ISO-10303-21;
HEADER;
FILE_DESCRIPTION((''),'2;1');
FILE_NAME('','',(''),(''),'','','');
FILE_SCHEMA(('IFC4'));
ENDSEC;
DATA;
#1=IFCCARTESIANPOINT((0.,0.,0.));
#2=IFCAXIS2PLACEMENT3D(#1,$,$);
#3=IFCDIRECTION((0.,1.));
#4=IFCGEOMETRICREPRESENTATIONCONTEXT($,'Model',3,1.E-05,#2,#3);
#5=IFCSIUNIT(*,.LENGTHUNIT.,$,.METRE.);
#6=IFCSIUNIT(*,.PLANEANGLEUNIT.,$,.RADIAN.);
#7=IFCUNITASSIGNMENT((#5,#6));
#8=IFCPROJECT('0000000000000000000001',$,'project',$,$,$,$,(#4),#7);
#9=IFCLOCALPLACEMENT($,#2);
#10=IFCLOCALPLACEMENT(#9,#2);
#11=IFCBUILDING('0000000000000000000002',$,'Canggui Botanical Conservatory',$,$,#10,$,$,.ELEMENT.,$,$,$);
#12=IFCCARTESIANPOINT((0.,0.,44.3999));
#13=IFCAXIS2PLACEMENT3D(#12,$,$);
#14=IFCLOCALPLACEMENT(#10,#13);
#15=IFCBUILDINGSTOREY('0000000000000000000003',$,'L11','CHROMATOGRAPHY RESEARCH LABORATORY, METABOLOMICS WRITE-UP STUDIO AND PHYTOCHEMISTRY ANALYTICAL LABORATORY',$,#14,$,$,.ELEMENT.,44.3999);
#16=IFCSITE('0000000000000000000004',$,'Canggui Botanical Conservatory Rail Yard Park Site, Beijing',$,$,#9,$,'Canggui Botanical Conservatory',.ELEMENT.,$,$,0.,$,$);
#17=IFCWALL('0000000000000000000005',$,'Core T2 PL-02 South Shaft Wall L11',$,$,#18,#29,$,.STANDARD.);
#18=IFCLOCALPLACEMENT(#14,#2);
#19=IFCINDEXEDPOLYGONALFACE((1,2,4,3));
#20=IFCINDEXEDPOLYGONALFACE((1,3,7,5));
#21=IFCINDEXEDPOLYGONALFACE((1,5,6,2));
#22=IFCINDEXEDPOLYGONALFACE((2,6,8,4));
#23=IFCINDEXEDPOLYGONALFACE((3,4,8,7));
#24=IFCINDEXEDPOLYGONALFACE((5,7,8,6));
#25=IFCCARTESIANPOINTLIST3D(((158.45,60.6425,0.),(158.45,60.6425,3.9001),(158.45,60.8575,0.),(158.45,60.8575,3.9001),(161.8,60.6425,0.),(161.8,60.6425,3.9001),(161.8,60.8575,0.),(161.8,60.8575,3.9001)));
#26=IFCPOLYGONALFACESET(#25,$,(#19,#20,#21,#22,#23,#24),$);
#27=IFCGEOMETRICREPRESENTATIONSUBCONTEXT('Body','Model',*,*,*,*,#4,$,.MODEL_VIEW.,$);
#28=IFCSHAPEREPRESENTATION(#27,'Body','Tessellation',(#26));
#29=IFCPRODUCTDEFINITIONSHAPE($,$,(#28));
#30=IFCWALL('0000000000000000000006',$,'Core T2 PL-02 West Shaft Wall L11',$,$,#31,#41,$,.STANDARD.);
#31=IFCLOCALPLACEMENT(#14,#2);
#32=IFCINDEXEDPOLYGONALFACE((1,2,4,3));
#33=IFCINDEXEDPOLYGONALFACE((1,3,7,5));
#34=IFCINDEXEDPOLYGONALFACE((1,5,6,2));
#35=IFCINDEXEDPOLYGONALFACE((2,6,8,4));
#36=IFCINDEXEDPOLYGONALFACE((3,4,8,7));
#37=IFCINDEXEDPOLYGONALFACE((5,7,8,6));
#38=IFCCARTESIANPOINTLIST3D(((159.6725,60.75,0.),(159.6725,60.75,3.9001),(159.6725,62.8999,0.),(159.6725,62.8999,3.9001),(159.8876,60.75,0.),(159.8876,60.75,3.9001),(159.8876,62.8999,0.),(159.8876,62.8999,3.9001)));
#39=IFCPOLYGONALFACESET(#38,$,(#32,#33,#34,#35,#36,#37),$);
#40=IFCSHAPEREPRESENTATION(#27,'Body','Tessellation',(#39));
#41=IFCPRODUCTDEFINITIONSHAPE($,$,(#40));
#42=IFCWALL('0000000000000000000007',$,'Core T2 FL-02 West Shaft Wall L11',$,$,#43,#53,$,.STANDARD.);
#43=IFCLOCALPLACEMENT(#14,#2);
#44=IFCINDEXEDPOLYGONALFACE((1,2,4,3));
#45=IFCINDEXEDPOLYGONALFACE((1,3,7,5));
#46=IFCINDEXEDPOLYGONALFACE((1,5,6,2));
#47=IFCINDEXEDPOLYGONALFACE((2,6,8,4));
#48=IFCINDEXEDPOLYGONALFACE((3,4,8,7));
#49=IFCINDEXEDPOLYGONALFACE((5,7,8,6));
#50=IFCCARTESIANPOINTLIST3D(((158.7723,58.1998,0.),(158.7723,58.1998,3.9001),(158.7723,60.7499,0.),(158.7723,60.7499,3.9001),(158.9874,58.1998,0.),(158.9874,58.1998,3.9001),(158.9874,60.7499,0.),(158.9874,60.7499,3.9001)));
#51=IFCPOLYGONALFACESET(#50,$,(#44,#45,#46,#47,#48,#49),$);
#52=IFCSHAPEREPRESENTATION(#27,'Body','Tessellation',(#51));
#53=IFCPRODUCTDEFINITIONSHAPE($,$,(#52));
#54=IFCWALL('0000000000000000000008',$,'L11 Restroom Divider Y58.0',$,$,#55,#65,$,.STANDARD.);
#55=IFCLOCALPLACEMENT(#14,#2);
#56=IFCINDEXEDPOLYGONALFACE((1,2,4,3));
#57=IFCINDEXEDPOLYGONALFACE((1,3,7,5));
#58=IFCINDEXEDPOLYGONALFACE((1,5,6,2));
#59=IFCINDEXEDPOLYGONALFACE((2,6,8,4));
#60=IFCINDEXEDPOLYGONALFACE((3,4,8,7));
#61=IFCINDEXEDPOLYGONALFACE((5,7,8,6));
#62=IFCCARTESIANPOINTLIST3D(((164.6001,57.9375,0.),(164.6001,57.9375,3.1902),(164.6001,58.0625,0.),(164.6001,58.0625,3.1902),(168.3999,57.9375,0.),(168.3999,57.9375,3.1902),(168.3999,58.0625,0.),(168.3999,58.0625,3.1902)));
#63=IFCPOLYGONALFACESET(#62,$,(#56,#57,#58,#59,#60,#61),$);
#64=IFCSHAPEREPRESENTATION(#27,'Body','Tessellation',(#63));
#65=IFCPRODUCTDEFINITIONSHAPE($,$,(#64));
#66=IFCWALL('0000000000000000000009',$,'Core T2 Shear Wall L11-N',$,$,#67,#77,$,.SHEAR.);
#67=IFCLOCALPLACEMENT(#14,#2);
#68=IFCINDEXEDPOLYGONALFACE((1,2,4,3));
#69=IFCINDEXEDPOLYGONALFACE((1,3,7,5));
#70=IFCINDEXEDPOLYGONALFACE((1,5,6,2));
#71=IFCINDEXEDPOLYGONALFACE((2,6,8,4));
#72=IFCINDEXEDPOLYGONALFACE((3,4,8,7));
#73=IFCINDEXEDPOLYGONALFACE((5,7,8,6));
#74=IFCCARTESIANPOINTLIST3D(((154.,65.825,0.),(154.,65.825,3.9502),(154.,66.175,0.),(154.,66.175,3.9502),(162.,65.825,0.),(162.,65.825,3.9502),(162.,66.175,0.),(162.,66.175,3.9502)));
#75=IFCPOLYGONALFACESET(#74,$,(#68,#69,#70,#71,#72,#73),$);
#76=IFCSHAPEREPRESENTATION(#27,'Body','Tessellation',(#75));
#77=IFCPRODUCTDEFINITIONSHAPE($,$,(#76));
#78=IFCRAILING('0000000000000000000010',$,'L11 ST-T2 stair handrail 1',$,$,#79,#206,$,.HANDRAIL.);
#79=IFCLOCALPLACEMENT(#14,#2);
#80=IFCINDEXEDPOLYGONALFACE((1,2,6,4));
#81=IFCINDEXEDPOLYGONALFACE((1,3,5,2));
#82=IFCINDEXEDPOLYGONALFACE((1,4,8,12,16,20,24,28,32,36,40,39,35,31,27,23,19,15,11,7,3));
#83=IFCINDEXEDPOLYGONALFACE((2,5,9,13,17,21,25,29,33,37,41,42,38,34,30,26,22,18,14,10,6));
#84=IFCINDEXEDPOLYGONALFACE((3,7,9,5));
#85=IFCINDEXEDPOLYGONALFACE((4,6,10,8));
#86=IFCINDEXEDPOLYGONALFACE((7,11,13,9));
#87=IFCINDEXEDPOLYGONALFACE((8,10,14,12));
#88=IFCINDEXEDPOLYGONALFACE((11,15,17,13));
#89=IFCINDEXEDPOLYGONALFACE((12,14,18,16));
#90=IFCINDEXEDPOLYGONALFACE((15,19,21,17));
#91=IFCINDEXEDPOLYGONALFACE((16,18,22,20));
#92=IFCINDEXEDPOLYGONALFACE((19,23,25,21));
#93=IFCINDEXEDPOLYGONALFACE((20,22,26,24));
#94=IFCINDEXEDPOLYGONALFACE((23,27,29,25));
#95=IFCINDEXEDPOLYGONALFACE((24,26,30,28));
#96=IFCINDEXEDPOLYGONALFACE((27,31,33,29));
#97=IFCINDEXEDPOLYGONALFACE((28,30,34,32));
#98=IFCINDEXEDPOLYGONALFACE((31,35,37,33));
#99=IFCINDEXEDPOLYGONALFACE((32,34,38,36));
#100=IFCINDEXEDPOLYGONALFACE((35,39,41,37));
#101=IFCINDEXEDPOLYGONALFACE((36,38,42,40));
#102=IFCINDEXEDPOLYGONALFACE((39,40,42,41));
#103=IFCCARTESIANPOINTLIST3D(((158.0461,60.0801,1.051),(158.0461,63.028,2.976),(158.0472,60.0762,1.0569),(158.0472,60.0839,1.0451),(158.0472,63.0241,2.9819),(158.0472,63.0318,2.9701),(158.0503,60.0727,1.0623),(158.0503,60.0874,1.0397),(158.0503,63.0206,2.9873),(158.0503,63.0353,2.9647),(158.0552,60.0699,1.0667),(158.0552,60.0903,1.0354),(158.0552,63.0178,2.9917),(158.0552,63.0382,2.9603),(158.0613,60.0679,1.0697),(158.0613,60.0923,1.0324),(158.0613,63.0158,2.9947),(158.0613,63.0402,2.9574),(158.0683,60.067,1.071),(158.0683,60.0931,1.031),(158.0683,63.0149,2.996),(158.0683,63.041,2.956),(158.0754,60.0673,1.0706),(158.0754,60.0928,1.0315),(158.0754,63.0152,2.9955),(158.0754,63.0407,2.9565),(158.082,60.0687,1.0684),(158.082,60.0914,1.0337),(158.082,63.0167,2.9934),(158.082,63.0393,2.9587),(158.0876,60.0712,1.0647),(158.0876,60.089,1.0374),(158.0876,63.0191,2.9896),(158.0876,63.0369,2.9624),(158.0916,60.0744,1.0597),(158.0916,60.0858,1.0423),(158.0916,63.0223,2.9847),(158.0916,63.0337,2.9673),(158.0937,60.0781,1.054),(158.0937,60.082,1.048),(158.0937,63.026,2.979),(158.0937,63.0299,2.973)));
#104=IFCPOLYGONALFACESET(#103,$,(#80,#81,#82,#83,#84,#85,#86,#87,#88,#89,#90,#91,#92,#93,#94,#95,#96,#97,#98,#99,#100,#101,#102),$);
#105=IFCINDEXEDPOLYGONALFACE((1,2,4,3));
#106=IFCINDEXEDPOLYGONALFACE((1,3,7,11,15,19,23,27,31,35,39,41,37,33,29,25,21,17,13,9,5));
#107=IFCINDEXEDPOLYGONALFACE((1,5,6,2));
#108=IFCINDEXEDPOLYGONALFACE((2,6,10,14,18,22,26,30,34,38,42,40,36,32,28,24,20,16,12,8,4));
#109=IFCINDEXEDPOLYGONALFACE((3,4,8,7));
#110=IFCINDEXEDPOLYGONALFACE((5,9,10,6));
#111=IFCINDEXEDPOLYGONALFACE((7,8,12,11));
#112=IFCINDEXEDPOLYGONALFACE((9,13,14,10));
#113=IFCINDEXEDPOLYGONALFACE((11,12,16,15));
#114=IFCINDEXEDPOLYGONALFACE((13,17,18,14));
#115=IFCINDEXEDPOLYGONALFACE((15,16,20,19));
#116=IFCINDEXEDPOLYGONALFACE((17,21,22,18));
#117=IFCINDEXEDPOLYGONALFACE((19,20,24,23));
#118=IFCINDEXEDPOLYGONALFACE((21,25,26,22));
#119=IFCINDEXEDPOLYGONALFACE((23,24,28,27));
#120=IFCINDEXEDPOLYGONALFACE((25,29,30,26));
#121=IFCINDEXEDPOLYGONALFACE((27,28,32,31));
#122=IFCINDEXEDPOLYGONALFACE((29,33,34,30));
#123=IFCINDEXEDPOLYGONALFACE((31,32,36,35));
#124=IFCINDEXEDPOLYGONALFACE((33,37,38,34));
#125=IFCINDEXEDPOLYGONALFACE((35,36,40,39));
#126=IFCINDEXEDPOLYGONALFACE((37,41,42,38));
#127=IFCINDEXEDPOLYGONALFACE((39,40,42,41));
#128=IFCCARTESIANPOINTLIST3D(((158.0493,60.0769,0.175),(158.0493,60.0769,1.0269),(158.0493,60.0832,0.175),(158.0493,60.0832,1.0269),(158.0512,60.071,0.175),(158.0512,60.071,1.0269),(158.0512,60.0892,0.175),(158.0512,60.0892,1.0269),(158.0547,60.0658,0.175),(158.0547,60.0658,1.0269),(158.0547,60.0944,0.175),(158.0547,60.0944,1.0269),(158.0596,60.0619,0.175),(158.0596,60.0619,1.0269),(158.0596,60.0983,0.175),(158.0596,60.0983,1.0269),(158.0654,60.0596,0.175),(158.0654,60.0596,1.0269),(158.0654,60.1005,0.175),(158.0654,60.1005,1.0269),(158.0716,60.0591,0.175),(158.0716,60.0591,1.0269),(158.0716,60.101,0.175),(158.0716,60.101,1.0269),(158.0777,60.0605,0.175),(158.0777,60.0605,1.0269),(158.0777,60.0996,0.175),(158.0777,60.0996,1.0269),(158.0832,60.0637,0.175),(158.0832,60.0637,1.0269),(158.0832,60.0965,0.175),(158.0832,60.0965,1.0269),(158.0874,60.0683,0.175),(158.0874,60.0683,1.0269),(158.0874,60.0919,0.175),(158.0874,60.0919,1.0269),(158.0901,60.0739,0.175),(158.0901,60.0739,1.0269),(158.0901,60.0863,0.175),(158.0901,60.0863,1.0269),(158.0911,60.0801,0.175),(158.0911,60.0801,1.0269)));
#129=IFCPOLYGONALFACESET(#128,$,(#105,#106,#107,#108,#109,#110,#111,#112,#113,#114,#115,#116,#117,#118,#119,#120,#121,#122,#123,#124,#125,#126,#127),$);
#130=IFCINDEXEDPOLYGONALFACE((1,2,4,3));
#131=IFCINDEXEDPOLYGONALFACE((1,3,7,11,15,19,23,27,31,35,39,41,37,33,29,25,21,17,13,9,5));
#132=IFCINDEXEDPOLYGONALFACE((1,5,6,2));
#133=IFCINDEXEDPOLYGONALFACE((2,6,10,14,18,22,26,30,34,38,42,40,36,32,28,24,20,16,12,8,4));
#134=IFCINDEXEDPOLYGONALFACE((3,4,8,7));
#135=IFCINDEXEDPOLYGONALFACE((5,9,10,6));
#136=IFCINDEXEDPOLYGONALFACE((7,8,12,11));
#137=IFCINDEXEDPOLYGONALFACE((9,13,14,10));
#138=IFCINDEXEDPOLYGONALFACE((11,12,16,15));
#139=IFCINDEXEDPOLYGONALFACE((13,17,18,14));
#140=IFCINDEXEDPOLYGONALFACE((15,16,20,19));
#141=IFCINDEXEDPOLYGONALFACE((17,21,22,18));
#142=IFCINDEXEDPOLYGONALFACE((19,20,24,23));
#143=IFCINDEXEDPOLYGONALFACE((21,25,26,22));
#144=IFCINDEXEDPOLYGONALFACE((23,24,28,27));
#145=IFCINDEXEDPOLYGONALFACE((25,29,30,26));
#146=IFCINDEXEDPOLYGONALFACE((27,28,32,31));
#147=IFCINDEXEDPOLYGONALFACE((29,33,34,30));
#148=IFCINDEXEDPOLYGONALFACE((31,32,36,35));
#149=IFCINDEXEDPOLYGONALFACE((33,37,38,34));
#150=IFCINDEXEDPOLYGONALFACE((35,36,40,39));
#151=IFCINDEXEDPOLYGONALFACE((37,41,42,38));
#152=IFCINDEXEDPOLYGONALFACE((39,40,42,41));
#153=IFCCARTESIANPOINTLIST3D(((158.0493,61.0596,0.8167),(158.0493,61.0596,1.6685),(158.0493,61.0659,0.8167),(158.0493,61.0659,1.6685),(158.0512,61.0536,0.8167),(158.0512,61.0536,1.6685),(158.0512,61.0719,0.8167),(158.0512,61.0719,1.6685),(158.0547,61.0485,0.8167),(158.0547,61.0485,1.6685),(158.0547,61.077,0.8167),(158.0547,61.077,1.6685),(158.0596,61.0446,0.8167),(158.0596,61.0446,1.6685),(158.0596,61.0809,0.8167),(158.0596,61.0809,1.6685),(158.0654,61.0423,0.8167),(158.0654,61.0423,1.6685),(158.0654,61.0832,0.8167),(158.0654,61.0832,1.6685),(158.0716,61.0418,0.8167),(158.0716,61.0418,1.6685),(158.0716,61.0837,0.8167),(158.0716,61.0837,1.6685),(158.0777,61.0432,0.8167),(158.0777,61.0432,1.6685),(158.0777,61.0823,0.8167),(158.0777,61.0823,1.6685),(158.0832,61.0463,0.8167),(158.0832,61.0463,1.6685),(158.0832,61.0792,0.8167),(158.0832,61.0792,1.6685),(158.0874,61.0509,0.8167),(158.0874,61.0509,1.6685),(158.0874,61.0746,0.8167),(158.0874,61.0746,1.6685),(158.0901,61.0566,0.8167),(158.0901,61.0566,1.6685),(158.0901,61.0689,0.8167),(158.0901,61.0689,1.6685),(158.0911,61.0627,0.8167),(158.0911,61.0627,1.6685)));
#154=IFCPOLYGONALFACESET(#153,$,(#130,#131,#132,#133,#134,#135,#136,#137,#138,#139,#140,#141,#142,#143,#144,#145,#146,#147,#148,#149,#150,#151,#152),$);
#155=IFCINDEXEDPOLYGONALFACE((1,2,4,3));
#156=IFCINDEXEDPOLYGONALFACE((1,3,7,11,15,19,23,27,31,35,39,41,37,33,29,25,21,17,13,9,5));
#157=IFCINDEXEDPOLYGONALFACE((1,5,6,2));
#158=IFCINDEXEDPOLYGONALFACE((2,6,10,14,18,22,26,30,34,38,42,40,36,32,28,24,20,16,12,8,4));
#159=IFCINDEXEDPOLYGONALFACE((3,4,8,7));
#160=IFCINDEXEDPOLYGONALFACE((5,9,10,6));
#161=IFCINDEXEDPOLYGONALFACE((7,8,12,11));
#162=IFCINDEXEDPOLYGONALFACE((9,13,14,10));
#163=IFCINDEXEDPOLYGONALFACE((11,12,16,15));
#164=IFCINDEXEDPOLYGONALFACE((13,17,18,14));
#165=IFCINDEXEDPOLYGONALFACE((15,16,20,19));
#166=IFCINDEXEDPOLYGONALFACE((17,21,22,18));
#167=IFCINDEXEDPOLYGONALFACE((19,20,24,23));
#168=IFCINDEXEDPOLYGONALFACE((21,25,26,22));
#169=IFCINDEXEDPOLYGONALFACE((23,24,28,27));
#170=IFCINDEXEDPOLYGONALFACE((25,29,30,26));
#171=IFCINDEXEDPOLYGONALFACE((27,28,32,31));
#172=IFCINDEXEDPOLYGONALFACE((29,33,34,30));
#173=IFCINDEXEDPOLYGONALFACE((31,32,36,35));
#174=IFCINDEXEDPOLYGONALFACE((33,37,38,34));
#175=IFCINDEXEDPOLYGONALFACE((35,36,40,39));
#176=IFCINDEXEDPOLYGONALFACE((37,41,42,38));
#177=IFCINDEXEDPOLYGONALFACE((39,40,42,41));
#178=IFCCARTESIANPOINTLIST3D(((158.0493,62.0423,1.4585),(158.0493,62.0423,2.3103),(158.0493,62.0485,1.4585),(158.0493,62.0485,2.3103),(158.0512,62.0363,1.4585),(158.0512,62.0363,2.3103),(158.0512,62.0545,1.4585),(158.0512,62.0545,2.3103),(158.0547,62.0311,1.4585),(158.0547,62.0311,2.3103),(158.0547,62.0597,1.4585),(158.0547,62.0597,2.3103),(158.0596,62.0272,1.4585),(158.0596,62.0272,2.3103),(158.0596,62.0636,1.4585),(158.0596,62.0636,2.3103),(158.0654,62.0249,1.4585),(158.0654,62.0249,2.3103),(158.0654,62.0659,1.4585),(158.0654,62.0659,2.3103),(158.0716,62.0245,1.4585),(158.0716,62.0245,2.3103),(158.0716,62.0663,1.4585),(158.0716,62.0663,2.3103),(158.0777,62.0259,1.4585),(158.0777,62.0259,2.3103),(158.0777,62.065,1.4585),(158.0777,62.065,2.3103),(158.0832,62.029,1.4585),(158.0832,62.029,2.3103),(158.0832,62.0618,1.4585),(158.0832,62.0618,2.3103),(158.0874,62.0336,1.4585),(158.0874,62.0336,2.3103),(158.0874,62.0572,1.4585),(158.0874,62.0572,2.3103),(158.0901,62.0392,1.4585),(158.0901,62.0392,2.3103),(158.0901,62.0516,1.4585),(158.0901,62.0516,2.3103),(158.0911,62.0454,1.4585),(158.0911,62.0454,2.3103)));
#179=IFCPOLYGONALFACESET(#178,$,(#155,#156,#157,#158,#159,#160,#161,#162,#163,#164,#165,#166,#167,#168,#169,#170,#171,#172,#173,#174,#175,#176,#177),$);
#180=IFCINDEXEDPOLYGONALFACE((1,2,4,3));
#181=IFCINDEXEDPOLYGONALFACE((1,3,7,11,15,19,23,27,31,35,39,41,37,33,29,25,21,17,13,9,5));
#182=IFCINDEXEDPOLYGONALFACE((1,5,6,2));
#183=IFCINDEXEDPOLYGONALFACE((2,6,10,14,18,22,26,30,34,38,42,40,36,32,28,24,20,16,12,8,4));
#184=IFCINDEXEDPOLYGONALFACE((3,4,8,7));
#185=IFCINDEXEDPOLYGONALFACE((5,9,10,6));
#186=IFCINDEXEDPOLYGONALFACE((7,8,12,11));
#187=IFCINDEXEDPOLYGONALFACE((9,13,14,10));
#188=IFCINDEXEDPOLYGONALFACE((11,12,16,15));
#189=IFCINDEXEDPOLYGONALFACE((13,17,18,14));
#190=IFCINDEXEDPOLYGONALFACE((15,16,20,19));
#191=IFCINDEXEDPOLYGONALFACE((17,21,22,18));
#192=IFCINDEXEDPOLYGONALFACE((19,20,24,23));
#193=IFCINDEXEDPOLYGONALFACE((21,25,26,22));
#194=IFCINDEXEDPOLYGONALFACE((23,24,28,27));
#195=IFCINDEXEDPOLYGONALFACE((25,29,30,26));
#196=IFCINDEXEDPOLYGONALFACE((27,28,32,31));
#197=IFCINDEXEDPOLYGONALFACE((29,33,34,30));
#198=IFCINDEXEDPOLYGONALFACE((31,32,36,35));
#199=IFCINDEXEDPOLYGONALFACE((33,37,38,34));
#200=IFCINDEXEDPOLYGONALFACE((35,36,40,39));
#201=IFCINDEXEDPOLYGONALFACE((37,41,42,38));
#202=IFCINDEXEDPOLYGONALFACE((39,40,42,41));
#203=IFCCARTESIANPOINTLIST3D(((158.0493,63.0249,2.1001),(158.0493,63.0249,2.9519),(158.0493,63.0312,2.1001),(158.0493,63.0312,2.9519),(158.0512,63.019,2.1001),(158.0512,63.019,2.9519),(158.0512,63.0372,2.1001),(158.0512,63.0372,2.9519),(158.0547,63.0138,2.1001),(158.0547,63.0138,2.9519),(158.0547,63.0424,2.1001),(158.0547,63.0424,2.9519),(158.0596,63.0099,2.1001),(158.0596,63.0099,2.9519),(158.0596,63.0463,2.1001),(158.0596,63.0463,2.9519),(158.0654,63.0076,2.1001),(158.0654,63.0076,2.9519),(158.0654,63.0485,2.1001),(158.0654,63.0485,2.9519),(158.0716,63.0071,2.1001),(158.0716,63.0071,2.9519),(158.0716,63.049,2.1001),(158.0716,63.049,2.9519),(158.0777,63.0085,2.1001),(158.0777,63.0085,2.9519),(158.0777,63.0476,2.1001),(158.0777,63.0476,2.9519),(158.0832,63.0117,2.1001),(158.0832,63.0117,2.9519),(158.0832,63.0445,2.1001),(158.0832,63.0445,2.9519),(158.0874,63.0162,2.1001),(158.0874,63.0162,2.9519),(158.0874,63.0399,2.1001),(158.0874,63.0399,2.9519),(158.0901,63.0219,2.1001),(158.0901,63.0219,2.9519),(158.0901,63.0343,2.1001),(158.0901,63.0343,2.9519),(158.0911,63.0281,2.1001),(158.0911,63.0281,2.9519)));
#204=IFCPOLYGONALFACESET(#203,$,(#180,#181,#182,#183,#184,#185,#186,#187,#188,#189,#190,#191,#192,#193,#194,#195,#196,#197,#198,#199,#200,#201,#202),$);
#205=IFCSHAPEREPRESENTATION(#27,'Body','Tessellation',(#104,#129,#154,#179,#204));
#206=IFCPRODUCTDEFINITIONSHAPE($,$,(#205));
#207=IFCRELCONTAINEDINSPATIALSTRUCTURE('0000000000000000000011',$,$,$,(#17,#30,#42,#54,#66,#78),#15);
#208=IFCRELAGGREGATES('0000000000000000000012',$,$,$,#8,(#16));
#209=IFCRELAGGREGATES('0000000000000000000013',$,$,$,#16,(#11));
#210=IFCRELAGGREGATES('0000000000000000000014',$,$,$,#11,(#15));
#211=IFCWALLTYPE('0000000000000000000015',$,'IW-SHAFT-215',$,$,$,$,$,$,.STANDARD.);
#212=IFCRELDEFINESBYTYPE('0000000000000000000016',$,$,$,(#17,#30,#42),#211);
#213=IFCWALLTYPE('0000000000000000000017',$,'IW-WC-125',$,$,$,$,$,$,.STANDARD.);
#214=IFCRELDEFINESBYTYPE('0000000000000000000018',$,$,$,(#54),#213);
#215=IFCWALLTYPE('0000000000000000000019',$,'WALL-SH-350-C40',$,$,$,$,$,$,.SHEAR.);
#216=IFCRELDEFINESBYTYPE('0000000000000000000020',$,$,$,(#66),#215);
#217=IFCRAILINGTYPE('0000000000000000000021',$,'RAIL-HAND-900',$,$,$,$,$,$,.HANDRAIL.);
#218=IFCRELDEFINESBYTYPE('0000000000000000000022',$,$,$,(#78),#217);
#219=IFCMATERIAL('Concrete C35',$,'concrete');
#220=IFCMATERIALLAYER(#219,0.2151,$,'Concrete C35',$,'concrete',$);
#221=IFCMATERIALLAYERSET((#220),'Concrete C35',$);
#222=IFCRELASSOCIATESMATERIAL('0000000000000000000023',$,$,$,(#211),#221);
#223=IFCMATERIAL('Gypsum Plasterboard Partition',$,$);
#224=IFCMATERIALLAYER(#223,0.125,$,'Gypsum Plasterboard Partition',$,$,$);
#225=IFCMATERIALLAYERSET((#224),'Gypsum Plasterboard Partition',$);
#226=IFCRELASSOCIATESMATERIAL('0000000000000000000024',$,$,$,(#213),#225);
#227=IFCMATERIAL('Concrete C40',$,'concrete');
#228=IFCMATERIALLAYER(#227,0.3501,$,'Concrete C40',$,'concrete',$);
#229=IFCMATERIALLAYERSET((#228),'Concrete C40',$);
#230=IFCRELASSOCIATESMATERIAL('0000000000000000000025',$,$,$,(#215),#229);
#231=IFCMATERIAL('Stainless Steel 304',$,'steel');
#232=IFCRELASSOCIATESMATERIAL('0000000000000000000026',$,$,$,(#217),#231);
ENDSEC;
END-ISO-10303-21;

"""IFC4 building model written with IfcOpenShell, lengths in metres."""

from ifc_helpers import new_model, si_unit, direction, frame, frame_2d, origin, origin_2d, place, context, subcontext, project, spatial, rectangle, circle, extrude, material, layer, layer_set, type_object, element, save


model = new_model("IFC4")

# Units and contexts
model_context = context("Model", 3, precision=1e-05, world=origin(), true_north=direction((0.0, 1.0)))
body_context = subcontext(model_context, "Body", "Model", "MODEL_VIEW")
ifc_project = project(units=[si_unit("LENGTHUNIT", "METRE"), si_unit("PLANEANGLEUNIT", "RADIAN")], contexts=[model_context])

# Site, building, storey
site_placement = place(None, origin())
site = spatial("IfcSite", under=ifc_project, at=site_placement, Name="Canggui Botanical Conservatory Rail Yard Park Site, Beijing", LongName="Canggui Botanical Conservatory", CompositionType="ELEMENT", RefElevation=0.0)
building_placement = place(site_placement, origin())
building = spatial("IfcBuilding", under=site, at=building_placement, Name="Canggui Botanical Conservatory", CompositionType="ELEMENT")
storey_placement = place(building_placement, frame((0.0, 0.0, 44.3999)))
storey = spatial("IfcBuildingStorey", under=building, at=storey_placement, Name="L11", Description="CHROMATOGRAPHY RESEARCH LABORATORY, METABOLOMICS WRITE-UP STUDIO AND PHYTOCHEMISTRY ANALYTICAL LABORATORY", CompositionType="ELEMENT", Elevation=44.3999)

# Shared definitions
ifc_material_1 = material(Name="Concrete C40", Category="concrete")

# Shared definitions
ifc_material_2 = material(Name="Concrete C35", Category="concrete")

# Shared definitions
ifc_material_3 = material(Name="Gypsum Plasterboard Partition")

# Walls
ifc_layer_1 = layer(ifc_material_2, 0.2151, Name="Concrete C35", Category="concrete")
ifc_layer_set_1 = layer_set([ifc_layer_1], Name="Concrete C35")
wall_type_1 = type_object("IfcWallType", Name="IW-SHAFT-215", PredefinedType="STANDARD", material=ifc_layer_set_1)
wall_1_placement = place(storey_placement, frame((158.45, 60.75, 0.0), z_axis=(0.0, 0.0, 1.0), x_axis=(1.0, 0.0, 0.0)))
element("IfcWall", 1, at=wall_1_placement, inside=storey, type_object=wall_type_1, Name="Core T2 PL-02 South Shaft Wall L11", PredefinedType="STANDARD", context=body_context, shape_type="SweptSolid", body=[
    extrude(rectangle(XDim=3.3501, YDim=0.2151, at=frame_2d((1.675, 0.0))), origin(), (0.0, 0.0, 1.0), 3.9001),
])
wall_2_placement = place(storey_placement, frame((159.78, 60.75, 0.0), z_axis=(0.0, 0.0, 1.0), x_axis=(0.0, 1.0, 0.0)))
element("IfcWall", 2, at=wall_2_placement, inside=storey, type_object=wall_type_1, Name="Core T2 PL-02 West Shaft Wall L11", PredefinedType="STANDARD", context=body_context, shape_type="SweptSolid", body=[
    extrude(rectangle(XDim=2.1499, YDim=0.2151, at=frame_2d((1.075, 0.0))), origin(), (0.0, 0.0, 1.0), 3.9001),
])
wall_3_placement = place(storey_placement, frame((158.8799, 58.2, 0.0), z_axis=(0.0, 0.0, 1.0), x_axis=(0.0, 1.0, 0.0)))
element("IfcWall", 3, at=wall_3_placement, inside=storey, type_object=wall_type_1, Name="Core T2 FL-02 West Shaft Wall L11", PredefinedType="STANDARD", context=body_context, shape_type="SweptSolid", body=[
    extrude(rectangle(XDim=2.55, YDim=0.2151, at=frame_2d((1.2749, 0.0))), origin(), (0.0, 0.0, 1.0), 3.9001),
])
ifc_layer_2 = layer(ifc_material_3, 0.125, Name="Gypsum Plasterboard Partition")
ifc_layer_set_2 = layer_set([ifc_layer_2], Name="Gypsum Plasterboard Partition")
wall_type_2 = type_object("IfcWallType", Name="IW-WC-125", PredefinedType="STANDARD", material=ifc_layer_set_2)
wall_4_placement = place(storey_placement, frame((164.6001, 58.0, 0.0), z_axis=(0.0, 0.0, 1.0), x_axis=(1.0, 0.0, 0.0)))
element("IfcWall", 4, at=wall_4_placement, inside=storey, type_object=wall_type_2, Name="L11 Restroom Divider Y58.0", PredefinedType="STANDARD", context=body_context, shape_type="SweptSolid", body=[
    extrude(rectangle(XDim=3.7998, YDim=0.125, at=frame_2d((1.8999, 0.0))), origin(), (0.0, 0.0, 1.0), 3.1902),
])
ifc_layer_3 = layer(ifc_material_1, 0.3501, Name="Concrete C40", Category="concrete")
ifc_layer_set_3 = layer_set([ifc_layer_3], Name="Concrete C40")
wall_type_3 = type_object("IfcWallType", Name="WALL-SH-350-C40", PredefinedType="SHEAR", material=ifc_layer_set_3)
wall_5_placement = place(storey_placement, frame((162.0, 66.0, 0.0), z_axis=(0.0, 0.0, 1.0), x_axis=(-1.0, 0.0, 0.0)))
element("IfcWall", 5, at=wall_5_placement, inside=storey, type_object=wall_type_3, Name="Core T2 Shear Wall L11-N", PredefinedType="SHEAR", context=body_context, shape_type="SweptSolid", body=[
    extrude(rectangle(XDim=8.0, YDim=0.3501, at=frame_2d((4.0, 0.0))), origin(), (0.0, 0.0, 1.0), 3.9502),
])

# Railing
ifc_material_4 = material(Name="Stainless Steel 304", Category="steel")
railing_type = type_object("IfcRailingType", Name="RAIL-HAND-900", PredefinedType="HANDRAIL", material=ifc_material_4)
railing_placement = place(storey_placement, frame((158.0701, 60.0801, 0.175)))
element("IfcRailing", 6, at=railing_placement, inside=storey, type_object=railing_type, Name="L11 ST-T2 stair handrail 1", PredefinedType="HANDRAIL", context=body_context, shape_type="SweptSolid", body=[
    extrude(circle(Radius=0.0239, at=origin_2d()), frame((0.0, 0.0, 0.876), z_axis=(0.0, 0.837293, 0.546754), x_axis=(-1.0, 0.0, 0.0)), (0.0, 0.0, 1.0), 3.5208),
    extrude(circle(Radius=0.021, at=origin_2d()), origin(), (0.0, 0.0, 1.0), 0.8518),
    extrude(circle(Radius=0.021, at=origin_2d()), frame((0.0, 0.9827, 0.6416)), (0.0, 0.0, 1.0), 0.8518),
    extrude(circle(Radius=0.021, at=origin_2d()), frame((0.0, 1.9653, 1.2834)), (0.0, 0.0, 1.0), 0.8518),
    extrude(circle(Radius=0.021, at=origin_2d()), frame((0.0, 2.948, 1.925)), (0.0, 0.0, 1.0), 0.8518),
])

save(model, "model.ifc")
